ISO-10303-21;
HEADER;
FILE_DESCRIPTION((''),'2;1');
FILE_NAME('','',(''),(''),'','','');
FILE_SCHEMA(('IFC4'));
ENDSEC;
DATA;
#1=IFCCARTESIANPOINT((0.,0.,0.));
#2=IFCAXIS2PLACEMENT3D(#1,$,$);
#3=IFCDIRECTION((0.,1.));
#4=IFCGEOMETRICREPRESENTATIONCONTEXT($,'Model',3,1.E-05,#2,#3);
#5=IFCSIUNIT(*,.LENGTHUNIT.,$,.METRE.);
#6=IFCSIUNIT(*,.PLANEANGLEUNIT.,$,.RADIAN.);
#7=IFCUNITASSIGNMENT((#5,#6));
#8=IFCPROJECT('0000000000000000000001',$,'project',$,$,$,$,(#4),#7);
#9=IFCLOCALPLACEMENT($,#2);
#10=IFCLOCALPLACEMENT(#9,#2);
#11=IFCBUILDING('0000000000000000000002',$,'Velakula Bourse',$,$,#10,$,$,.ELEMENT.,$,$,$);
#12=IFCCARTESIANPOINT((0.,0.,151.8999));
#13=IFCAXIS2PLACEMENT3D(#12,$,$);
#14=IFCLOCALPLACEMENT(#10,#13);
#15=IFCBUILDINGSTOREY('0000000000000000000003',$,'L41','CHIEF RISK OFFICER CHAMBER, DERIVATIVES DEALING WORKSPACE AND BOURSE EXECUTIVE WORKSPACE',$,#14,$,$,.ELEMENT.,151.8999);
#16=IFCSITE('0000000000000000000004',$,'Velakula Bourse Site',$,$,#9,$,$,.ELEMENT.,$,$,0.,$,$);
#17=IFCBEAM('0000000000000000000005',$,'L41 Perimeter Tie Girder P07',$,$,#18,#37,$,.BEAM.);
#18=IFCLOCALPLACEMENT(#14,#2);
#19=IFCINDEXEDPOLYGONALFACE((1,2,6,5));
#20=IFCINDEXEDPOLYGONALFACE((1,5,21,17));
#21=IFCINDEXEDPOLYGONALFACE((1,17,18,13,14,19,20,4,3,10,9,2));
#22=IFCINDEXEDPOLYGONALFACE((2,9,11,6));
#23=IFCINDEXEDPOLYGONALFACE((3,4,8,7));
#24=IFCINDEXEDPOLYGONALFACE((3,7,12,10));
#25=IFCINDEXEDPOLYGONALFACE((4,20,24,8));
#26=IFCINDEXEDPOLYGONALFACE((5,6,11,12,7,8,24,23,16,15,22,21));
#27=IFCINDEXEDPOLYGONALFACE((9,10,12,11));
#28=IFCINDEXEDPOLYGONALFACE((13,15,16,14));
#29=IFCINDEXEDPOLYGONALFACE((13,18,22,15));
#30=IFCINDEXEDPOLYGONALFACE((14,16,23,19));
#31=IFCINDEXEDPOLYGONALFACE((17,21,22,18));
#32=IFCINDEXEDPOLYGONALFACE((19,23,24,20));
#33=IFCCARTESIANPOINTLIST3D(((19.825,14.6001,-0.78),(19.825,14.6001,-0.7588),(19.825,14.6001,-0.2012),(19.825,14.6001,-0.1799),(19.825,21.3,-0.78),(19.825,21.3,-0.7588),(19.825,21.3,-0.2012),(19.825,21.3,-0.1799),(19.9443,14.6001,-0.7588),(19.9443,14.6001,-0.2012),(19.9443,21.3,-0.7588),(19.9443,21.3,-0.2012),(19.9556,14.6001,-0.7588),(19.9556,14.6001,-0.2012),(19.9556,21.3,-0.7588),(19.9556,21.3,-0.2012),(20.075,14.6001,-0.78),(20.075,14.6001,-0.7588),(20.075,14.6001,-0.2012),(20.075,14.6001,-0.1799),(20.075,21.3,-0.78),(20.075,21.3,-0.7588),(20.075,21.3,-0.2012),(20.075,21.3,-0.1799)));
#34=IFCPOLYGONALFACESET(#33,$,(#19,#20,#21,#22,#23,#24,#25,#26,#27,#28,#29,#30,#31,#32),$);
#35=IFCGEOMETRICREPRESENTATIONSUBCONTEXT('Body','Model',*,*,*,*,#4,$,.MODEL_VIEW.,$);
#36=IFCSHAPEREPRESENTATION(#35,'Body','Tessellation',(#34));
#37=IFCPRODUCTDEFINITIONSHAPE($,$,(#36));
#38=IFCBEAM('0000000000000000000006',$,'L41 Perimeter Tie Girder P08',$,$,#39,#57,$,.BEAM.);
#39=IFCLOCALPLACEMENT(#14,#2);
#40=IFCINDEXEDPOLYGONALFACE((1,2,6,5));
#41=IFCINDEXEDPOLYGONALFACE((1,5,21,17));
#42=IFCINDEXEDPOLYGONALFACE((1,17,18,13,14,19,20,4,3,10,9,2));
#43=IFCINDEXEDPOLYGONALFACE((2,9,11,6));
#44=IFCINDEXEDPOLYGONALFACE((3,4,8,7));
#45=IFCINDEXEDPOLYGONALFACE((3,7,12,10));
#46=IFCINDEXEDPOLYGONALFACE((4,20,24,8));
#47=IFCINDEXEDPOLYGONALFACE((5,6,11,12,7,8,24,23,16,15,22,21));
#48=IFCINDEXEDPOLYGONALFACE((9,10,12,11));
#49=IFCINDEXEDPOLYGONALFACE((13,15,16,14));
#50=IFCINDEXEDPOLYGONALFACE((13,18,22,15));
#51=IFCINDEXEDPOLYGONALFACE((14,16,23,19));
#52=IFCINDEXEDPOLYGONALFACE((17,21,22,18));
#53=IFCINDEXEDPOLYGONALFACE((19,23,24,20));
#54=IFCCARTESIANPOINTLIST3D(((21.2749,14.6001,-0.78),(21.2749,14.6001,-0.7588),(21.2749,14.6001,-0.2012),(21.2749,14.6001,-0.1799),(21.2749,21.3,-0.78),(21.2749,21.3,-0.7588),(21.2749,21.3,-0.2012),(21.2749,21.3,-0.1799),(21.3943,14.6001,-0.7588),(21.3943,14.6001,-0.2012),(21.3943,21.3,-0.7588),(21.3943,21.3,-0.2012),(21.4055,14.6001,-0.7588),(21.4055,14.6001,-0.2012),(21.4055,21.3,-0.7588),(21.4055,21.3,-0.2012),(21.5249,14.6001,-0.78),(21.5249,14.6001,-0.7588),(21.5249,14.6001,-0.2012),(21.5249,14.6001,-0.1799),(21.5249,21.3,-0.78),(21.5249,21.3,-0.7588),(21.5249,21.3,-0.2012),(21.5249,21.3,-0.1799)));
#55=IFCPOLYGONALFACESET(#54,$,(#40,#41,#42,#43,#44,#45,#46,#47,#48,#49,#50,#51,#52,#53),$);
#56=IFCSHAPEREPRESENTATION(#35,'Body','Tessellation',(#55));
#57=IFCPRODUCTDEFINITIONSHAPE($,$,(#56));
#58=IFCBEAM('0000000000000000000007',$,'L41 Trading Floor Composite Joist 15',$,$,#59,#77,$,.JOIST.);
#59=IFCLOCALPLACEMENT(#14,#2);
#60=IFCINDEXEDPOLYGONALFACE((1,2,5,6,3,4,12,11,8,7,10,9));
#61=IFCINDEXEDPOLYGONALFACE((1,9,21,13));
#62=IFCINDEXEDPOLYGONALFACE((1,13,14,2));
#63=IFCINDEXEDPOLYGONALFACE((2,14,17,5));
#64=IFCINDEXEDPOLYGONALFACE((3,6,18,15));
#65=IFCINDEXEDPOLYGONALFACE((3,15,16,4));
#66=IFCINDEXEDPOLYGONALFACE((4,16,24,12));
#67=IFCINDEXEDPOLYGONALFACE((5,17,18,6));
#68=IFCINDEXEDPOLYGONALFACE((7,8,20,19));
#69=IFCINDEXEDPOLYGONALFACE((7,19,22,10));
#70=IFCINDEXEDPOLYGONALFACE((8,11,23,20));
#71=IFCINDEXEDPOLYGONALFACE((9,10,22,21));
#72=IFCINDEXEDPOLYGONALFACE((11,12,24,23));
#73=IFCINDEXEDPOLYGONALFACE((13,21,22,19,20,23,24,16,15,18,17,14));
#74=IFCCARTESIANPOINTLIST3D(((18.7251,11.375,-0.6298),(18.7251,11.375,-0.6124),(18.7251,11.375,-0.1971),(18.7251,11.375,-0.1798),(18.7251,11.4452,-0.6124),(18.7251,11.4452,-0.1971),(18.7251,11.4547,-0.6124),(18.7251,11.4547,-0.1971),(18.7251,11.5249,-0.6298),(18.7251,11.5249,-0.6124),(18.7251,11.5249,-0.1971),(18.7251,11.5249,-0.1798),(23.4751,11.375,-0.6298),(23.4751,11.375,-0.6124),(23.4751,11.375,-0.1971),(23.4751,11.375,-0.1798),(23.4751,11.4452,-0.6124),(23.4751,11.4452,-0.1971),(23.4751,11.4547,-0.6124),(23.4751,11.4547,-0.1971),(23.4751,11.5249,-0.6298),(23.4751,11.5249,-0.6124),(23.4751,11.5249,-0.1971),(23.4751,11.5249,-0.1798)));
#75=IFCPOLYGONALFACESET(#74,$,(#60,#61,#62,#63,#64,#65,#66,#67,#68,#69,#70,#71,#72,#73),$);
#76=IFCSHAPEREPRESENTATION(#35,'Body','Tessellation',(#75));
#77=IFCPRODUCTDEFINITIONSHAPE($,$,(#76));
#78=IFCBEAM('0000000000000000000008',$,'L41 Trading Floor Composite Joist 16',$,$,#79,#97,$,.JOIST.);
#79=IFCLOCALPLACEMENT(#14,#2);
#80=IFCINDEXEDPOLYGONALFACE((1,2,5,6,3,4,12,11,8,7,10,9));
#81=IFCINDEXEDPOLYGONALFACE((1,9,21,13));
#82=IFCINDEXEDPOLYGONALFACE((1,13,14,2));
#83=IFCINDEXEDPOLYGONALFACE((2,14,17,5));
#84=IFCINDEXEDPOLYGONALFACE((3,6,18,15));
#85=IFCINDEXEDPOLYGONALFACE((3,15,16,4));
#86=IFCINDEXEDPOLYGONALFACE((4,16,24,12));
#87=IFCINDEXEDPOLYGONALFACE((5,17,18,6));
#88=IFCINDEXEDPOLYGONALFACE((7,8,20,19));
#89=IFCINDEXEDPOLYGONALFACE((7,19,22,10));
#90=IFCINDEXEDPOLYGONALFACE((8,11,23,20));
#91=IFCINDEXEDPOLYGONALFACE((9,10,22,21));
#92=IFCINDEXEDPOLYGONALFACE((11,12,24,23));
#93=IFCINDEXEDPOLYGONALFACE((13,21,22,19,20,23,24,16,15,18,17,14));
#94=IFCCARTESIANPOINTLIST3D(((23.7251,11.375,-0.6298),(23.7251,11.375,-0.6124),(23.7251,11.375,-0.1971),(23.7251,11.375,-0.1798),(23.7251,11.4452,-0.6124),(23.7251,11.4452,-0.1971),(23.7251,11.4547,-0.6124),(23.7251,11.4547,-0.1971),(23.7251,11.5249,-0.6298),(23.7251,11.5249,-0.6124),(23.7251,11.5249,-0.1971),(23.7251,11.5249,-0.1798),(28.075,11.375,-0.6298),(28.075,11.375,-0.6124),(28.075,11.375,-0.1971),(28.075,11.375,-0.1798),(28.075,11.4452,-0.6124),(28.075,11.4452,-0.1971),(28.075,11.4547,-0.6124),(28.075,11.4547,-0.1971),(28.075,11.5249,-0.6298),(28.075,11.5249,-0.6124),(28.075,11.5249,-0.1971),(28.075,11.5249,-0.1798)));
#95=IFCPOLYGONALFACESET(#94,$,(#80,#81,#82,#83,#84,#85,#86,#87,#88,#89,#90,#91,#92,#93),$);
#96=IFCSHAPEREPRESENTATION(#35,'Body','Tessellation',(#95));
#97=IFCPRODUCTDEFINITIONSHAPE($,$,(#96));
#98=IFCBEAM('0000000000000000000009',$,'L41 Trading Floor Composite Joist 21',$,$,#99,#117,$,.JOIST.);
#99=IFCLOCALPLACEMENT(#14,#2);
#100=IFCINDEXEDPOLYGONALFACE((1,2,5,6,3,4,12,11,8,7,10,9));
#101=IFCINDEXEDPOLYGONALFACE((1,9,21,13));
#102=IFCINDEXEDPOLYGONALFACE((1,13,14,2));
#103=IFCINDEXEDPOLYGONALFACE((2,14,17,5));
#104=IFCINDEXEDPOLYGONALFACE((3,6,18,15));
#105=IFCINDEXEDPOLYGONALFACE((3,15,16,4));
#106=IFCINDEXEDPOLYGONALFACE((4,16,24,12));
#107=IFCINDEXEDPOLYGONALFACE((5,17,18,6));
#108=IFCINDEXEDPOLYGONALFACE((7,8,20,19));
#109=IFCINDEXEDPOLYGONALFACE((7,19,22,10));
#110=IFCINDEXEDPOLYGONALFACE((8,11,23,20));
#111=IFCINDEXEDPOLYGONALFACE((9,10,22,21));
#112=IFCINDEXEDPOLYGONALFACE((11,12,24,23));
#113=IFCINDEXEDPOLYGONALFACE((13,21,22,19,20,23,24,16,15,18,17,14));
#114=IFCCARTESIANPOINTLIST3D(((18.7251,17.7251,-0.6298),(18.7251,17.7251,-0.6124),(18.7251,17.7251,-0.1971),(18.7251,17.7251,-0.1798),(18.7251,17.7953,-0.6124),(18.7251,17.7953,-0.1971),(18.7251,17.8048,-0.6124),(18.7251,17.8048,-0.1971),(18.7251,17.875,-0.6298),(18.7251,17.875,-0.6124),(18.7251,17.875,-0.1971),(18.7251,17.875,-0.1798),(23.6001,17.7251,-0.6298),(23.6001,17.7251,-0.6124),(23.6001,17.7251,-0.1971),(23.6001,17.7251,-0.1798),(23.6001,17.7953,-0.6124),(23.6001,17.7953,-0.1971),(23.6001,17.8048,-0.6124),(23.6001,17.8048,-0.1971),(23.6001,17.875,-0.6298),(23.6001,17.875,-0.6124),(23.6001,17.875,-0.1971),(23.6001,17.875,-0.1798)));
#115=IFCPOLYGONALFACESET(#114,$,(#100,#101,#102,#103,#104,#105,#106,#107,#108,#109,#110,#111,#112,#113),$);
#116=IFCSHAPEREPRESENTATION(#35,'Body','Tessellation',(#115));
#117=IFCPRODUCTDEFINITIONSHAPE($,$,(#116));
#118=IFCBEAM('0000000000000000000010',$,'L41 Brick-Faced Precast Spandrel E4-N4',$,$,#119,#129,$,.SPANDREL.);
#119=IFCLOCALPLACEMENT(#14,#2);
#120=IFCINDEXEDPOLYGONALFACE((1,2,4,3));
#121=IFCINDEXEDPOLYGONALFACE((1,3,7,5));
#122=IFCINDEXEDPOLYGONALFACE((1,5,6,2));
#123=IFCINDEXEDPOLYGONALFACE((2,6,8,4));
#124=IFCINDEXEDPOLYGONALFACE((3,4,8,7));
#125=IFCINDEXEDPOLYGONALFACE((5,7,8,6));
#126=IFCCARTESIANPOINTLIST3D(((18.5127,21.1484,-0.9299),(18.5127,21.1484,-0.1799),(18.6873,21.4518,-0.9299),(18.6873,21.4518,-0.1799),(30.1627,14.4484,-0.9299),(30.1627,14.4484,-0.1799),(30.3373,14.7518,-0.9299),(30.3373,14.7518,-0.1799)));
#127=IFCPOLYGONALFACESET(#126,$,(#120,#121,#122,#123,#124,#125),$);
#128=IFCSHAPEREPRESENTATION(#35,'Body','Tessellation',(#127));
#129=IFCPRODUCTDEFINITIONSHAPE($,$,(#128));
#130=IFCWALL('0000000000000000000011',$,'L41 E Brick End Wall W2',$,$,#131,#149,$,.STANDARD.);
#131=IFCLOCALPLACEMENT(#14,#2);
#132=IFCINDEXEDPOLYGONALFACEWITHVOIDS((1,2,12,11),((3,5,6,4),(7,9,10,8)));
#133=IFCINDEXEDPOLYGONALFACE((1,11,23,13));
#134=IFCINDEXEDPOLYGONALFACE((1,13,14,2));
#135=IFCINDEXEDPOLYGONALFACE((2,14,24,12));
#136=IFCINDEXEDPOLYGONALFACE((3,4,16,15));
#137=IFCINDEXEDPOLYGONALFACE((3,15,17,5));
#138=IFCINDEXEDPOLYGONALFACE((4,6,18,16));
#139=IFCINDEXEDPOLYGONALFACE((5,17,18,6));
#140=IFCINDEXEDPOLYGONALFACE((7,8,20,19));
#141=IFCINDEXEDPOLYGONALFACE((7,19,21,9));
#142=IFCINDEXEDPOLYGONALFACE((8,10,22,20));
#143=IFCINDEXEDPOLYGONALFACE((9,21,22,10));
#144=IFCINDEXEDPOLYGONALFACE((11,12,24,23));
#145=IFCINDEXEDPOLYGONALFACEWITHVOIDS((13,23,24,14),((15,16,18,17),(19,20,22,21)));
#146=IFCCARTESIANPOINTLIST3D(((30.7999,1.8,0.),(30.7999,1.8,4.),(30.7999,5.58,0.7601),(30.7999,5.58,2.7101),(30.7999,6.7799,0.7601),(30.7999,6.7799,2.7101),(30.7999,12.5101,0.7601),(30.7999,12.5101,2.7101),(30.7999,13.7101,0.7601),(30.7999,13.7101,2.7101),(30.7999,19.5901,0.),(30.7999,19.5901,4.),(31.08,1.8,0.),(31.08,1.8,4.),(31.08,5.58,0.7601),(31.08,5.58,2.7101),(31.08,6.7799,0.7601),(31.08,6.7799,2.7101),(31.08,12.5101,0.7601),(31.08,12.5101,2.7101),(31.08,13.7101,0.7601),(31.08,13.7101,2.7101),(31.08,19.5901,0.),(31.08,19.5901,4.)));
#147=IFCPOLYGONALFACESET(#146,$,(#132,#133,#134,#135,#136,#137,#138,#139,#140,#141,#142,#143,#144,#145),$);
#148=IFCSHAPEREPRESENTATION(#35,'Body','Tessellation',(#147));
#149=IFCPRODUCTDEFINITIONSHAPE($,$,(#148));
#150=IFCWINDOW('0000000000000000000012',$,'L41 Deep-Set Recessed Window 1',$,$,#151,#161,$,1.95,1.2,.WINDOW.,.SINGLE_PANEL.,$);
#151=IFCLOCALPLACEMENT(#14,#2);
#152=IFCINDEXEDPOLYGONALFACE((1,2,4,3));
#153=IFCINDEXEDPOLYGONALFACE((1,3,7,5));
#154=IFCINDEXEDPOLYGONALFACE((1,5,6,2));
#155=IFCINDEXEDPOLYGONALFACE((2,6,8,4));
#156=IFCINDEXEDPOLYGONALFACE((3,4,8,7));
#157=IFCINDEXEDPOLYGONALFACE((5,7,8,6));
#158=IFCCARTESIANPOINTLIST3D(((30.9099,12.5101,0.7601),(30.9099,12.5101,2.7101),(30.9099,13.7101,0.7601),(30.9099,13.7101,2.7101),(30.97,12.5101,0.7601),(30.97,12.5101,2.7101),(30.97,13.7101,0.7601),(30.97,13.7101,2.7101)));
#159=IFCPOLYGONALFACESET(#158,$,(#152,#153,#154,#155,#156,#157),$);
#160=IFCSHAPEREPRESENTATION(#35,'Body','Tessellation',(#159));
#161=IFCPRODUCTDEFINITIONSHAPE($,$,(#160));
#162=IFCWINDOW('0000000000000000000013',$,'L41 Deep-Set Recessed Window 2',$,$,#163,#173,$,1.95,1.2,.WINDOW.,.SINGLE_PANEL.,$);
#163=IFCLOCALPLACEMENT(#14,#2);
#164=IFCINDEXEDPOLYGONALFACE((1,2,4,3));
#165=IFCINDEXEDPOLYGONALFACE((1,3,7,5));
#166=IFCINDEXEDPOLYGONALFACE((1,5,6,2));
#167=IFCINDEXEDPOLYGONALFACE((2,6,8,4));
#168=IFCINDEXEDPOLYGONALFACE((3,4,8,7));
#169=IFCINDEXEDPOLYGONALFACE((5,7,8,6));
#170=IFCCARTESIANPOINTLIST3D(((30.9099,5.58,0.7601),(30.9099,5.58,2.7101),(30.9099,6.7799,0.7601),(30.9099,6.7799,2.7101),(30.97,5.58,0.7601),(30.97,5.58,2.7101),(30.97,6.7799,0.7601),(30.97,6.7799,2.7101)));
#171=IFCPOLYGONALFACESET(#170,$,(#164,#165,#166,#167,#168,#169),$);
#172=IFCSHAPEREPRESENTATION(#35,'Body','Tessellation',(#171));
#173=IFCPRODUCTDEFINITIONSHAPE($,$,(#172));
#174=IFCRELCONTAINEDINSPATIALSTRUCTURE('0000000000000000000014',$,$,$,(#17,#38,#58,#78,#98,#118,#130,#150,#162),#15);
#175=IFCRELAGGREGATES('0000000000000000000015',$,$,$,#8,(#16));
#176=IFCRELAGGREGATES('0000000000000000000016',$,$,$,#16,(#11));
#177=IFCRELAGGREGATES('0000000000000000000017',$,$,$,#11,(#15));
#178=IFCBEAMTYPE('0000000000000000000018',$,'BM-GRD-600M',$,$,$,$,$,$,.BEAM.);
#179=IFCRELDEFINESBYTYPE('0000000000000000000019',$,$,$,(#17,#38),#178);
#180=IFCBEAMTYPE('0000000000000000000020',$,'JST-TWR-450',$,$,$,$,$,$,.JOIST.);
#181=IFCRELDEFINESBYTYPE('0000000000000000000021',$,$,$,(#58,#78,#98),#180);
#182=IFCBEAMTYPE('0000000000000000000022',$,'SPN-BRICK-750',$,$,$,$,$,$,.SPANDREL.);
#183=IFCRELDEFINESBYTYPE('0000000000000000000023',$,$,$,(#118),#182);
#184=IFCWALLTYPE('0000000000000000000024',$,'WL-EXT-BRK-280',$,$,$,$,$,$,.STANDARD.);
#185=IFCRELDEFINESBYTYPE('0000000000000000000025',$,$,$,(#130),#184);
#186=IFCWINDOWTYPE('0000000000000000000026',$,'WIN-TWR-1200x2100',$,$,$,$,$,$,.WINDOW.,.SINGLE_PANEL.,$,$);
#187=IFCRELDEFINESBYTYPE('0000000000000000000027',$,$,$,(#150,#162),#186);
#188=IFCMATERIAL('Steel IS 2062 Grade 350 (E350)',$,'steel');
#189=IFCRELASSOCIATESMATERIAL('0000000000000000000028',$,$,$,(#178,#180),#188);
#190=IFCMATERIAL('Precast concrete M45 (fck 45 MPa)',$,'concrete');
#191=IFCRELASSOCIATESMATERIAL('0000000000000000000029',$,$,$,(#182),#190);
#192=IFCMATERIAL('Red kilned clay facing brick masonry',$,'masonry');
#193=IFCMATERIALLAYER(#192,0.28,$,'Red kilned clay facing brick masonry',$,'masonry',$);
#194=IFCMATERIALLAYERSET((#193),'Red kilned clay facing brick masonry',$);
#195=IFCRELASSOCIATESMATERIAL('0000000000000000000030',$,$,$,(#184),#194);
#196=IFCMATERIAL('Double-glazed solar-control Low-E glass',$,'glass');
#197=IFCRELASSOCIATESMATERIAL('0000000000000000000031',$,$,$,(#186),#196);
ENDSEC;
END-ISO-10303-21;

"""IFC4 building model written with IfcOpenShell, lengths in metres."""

from ifc_helpers import new_model, si_unit, direction, frame, frame_2d, origin, origin_2d, place, context, subcontext, project, spatial, rectangle, i_section, extrude, material, layer, layer_set, material_profile, profile_set, type_object, element, fill, save


model = new_model("IFC4")

# Units and contexts
model_context = context("Model", 3, precision=1e-05, world=origin(), true_north=direction((0.0, 1.0)))
body_context = subcontext(model_context, "Body", "Model", "MODEL_VIEW")
ifc_project = project(units=[si_unit("LENGTHUNIT", "METRE"), si_unit("PLANEANGLEUNIT", "RADIAN")], contexts=[model_context])

# Site, building, storey
site_placement = place(None, origin())
site = spatial("IfcSite", under=ifc_project, at=site_placement, Name="Velakula Bourse Site", CompositionType="ELEMENT", RefElevation=0.0)
building_placement = place(site_placement, origin())
building = spatial("IfcBuilding", under=site, at=building_placement, Name="Velakula Bourse", CompositionType="ELEMENT")
storey_placement = place(building_placement, frame((0.0, 0.0, 151.8999)))
storey = spatial("IfcBuildingStorey", under=building, at=storey_placement, Name="L41", Description="CHIEF RISK OFFICER CHAMBER, DERIVATIVES DEALING WORKSPACE AND BOURSE EXECUTIVE WORKSPACE", CompositionType="ELEMENT", Elevation=151.8999)

# Shared definitions
ifc_material_1 = material(Name="Steel IS 2062 Grade 350 (E350)", Category="steel")
ifc_material_2 = material(Name="Precast concrete M45 (fck 45 MPa)", Category="concrete")

# Beams
ifc_material_profile_1 = material_profile(ifc_material_1, i_section(OverallWidth=0.25, OverallDepth=0.6001, WebThickness=0.0112, FlangeThickness=0.0212, at=origin_2d()), Name="Steel IS 2062 Grade 350 (E350)")
ifc_profile_set_1 = profile_set([ifc_material_profile_1], Name="Steel IS 2062 Grade 350 (E350)")
beam_type_1 = type_object("IfcBeamType", Name="BM-GRD-600M", PredefinedType="BEAM", material=ifc_profile_set_1)
for number, where, z_axis, x_axis, name in (
    (1, (19.95, 14.6001, -0.48), (0.0, 1.0, 0.0), (-1.0, 0.0, 0.0), "L41 Perimeter Tie Girder P07"),
    (2, (21.3999, 14.6001, -0.48), (0.0, 1.0, 0.0), (-1.0, 0.0, 0.0), "L41 Perimeter Tie Girder P08"),
):
    element("IfcBeam", number, at=place(storey_placement, frame(where, z_axis=z_axis, x_axis=x_axis)), inside=storey, type_object=beam_type_1, Name=name, PredefinedType="BEAM", context=body_context, shape_type="SweptSolid", body=[
        extrude(i_section(OverallWidth=0.25, OverallDepth=0.6001, WebThickness=0.0112, FlangeThickness=0.0212, at=origin_2d()), origin(), (0.0, 0.0, 1.0), 6.7),
    ])
ifc_material_profile_2 = material_profile(ifc_material_1, i_section(OverallWidth=0.1499, OverallDepth=0.45, WebThickness=0.0095, FlangeThickness=0.0173, at=origin_2d()), Name="Steel IS 2062 Grade 350 (E350)")
ifc_profile_set_2 = profile_set([ifc_material_profile_2], Name="Steel IS 2062 Grade 350 (E350)")
beam_type_2 = type_object("IfcBeamType", Name="JST-TWR-450", PredefinedType="JOIST", material=ifc_profile_set_2)
beam_1_placement = place(storey_placement, frame((18.7251, 11.45, -0.4048), z_axis=(1.0, 0.0, 0.0), x_axis=(0.0, 1.0, 0.0)))
element("IfcBeam", 3, at=beam_1_placement, inside=storey, type_object=beam_type_2, Name="L41 Trading Floor Composite Joist 15", PredefinedType="JOIST", context=body_context, shape_type="SweptSolid", body=[
    extrude(i_section(OverallWidth=0.1499, OverallDepth=0.45, WebThickness=0.0095, FlangeThickness=0.0173, at=origin_2d()), origin(), (0.0, 0.0, 1.0), 4.75),
])
beam_2_placement = place(storey_placement, frame((23.7251, 11.45, -0.4048), z_axis=(1.0, 0.0, 0.0), x_axis=(0.0, 1.0, 0.0)))
element("IfcBeam", 4, at=beam_2_placement, inside=storey, type_object=beam_type_2, Name="L41 Trading Floor Composite Joist 16", PredefinedType="JOIST", context=body_context, shape_type="SweptSolid", body=[
    extrude(i_section(OverallWidth=0.1499, OverallDepth=0.45, WebThickness=0.0095, FlangeThickness=0.0173, at=origin_2d()), origin(), (0.0, 0.0, 1.0), 4.3499),
])
beam_3_placement = place(storey_placement, frame((18.7251, 17.8, -0.4048), z_axis=(1.0, 0.0, 0.0), x_axis=(0.0, 1.0, 0.0)))
element("IfcBeam", 5, at=beam_3_placement, inside=storey, type_object=beam_type_2, Name="L41 Trading Floor Composite Joist 21", PredefinedType="JOIST", context=body_context, shape_type="SweptSolid", body=[
    extrude(i_section(OverallWidth=0.1499, OverallDepth=0.45, WebThickness=0.0095, FlangeThickness=0.0173, at=origin_2d()), origin(), (0.0, 0.0, 1.0), 4.875),
])
ifc_material_profile_3 = material_profile(ifc_material_2, rectangle(XDim=0.3501, YDim=0.75, at=origin_2d()), Name="Precast concrete M45 (fck 45 MPa)")
ifc_profile_set_3 = profile_set([ifc_material_profile_3], Name="Precast concrete M45 (fck 45 MPa)")
beam_type_3 = type_object("IfcBeamType", Name="SPN-BRICK-750", PredefinedType="SPANDREL", material=ifc_profile_set_3)
beam_4_placement = place(storey_placement, frame((30.25, 14.6001, -0.5549), z_axis=(-0.866866, 0.498541, 0.0), x_axis=(-0.498541, -0.866866, 0.0)))
element("IfcBeam", 6, at=beam_4_placement, inside=storey, type_object=beam_type_3, Name="L41 Brick-Faced Precast Spandrel E4-N4", PredefinedType="SPANDREL", context=body_context, shape_type="SweptSolid", body=[
    extrude(rectangle(XDim=0.3501, YDim=0.75, at=origin_2d()), origin(), (0.0, 0.0, 1.0), 13.4392),
])

# Wall, openings, windows
ifc_material_3 = material(Name="Red kilned clay facing brick masonry", Category="masonry")
ifc_layer_1 = layer(ifc_material_3, 0.28, Name="Red kilned clay facing brick masonry", Category="masonry")
ifc_layer_set_1 = layer_set([ifc_layer_1], Name="Red kilned clay facing brick masonry")
wall_type_1 = type_object("IfcWallType", Name="WL-EXT-BRK-280", PredefinedType="STANDARD", material=ifc_layer_set_1)
wall_1_placement = place(storey_placement, frame((30.9399, 19.5901, 0.0), z_axis=(0.0, 0.0, 1.0), x_axis=(0.0, -1.0, 0.0)))
wall_1 = element("IfcWall", 7, at=wall_1_placement, inside=storey, type_object=wall_type_1, Name="L41 E Brick End Wall W2", PredefinedType="STANDARD", context=body_context, shape_type="SweptSolid", body=[
    extrude(rectangle(XDim=17.79, YDim=0.28, at=frame_2d((8.895, 0.0))), origin(), (0.0, 0.0, 1.0), 4.0),
])
opening_1_placement = place(wall_1_placement, frame((5.8799, 0.0, 0.76)))
opening_1 = element("IfcOpeningElement", 8, at=opening_1_placement, cuts=wall_1, PredefinedType="OPENING", context=body_context, shape_type="SweptSolid", body=[
    extrude(rectangle(XDim=1.2, YDim=1.95, at=frame_2d((0.6001, 0.9751))), frame((0.0, 0.1499, 0.0), z_axis=(0.0, -1.0, 0.0), x_axis=(1.0, 0.0, 0.0)), (0.0, 0.0, 1.0), 0.3),
])
opening_2_placement = place(wall_1_placement, frame((12.8101, 0.0, 0.76)))
opening_2 = element("IfcOpeningElement", 9, at=opening_2_placement, cuts=wall_1, PredefinedType="OPENING", context=body_context, shape_type="SweptSolid", body=[
    extrude(rectangle(XDim=1.2, YDim=1.95, at=frame_2d((0.6001, 0.9751))), frame((0.0, 0.1499, 0.0), z_axis=(0.0, -1.0, 0.0), x_axis=(1.0, 0.0, 0.0)), (0.0, 0.0, 1.0), 0.3),
])
ifc_material_4 = material(Name="Double-glazed solar-control Low-E glass", Category="glass")
window_type = type_object("IfcWindowType", Name="WIN-TWR-1200x2100", PartitioningType="SINGLE_PANEL", PredefinedType="WINDOW", material=ifc_material_4)
window_1_placement = place(opening_1_placement, origin())
window_1 = element("IfcWindow", 10, at=window_1_placement, inside=storey, type_object=window_type, Name="L41 Deep-Set Recessed Window 1", OverallHeight=1.95, OverallWidth=1.2, PartitioningType="SINGLE_PANEL", PredefinedType="WINDOW", context=body_context, shape_type="SweptSolid", body=[
    extrude(rectangle(XDim=1.2, YDim=1.95, at=frame_2d((0.6001, 0.9751))), frame((0.0, 0.03, 0.0), z_axis=(0.0, -1.0, 0.0), x_axis=(1.0, 0.0, 0.0)), (0.0, 0.0, 1.0), 0.0601),
])
fill(opening_1, window_1)
window_2_placement = place(opening_2_placement, origin())
window_2 = element("IfcWindow", 11, at=window_2_placement, inside=storey, type_object=window_type, Name="L41 Deep-Set Recessed Window 2", OverallHeight=1.95, OverallWidth=1.2, PartitioningType="SINGLE_PANEL", PredefinedType="WINDOW", context=body_context, shape_type="SweptSolid", body=[
    extrude(rectangle(XDim=1.2, YDim=1.95, at=frame_2d((0.6001, 0.9751))), frame((0.0, 0.03, 0.0), z_axis=(0.0, -1.0, 0.0), x_axis=(1.0, 0.0, 0.0)), (0.0, 0.0, 1.0), 0.0601),
])
fill(opening_2, window_2)

save(model, "model.ifc")
